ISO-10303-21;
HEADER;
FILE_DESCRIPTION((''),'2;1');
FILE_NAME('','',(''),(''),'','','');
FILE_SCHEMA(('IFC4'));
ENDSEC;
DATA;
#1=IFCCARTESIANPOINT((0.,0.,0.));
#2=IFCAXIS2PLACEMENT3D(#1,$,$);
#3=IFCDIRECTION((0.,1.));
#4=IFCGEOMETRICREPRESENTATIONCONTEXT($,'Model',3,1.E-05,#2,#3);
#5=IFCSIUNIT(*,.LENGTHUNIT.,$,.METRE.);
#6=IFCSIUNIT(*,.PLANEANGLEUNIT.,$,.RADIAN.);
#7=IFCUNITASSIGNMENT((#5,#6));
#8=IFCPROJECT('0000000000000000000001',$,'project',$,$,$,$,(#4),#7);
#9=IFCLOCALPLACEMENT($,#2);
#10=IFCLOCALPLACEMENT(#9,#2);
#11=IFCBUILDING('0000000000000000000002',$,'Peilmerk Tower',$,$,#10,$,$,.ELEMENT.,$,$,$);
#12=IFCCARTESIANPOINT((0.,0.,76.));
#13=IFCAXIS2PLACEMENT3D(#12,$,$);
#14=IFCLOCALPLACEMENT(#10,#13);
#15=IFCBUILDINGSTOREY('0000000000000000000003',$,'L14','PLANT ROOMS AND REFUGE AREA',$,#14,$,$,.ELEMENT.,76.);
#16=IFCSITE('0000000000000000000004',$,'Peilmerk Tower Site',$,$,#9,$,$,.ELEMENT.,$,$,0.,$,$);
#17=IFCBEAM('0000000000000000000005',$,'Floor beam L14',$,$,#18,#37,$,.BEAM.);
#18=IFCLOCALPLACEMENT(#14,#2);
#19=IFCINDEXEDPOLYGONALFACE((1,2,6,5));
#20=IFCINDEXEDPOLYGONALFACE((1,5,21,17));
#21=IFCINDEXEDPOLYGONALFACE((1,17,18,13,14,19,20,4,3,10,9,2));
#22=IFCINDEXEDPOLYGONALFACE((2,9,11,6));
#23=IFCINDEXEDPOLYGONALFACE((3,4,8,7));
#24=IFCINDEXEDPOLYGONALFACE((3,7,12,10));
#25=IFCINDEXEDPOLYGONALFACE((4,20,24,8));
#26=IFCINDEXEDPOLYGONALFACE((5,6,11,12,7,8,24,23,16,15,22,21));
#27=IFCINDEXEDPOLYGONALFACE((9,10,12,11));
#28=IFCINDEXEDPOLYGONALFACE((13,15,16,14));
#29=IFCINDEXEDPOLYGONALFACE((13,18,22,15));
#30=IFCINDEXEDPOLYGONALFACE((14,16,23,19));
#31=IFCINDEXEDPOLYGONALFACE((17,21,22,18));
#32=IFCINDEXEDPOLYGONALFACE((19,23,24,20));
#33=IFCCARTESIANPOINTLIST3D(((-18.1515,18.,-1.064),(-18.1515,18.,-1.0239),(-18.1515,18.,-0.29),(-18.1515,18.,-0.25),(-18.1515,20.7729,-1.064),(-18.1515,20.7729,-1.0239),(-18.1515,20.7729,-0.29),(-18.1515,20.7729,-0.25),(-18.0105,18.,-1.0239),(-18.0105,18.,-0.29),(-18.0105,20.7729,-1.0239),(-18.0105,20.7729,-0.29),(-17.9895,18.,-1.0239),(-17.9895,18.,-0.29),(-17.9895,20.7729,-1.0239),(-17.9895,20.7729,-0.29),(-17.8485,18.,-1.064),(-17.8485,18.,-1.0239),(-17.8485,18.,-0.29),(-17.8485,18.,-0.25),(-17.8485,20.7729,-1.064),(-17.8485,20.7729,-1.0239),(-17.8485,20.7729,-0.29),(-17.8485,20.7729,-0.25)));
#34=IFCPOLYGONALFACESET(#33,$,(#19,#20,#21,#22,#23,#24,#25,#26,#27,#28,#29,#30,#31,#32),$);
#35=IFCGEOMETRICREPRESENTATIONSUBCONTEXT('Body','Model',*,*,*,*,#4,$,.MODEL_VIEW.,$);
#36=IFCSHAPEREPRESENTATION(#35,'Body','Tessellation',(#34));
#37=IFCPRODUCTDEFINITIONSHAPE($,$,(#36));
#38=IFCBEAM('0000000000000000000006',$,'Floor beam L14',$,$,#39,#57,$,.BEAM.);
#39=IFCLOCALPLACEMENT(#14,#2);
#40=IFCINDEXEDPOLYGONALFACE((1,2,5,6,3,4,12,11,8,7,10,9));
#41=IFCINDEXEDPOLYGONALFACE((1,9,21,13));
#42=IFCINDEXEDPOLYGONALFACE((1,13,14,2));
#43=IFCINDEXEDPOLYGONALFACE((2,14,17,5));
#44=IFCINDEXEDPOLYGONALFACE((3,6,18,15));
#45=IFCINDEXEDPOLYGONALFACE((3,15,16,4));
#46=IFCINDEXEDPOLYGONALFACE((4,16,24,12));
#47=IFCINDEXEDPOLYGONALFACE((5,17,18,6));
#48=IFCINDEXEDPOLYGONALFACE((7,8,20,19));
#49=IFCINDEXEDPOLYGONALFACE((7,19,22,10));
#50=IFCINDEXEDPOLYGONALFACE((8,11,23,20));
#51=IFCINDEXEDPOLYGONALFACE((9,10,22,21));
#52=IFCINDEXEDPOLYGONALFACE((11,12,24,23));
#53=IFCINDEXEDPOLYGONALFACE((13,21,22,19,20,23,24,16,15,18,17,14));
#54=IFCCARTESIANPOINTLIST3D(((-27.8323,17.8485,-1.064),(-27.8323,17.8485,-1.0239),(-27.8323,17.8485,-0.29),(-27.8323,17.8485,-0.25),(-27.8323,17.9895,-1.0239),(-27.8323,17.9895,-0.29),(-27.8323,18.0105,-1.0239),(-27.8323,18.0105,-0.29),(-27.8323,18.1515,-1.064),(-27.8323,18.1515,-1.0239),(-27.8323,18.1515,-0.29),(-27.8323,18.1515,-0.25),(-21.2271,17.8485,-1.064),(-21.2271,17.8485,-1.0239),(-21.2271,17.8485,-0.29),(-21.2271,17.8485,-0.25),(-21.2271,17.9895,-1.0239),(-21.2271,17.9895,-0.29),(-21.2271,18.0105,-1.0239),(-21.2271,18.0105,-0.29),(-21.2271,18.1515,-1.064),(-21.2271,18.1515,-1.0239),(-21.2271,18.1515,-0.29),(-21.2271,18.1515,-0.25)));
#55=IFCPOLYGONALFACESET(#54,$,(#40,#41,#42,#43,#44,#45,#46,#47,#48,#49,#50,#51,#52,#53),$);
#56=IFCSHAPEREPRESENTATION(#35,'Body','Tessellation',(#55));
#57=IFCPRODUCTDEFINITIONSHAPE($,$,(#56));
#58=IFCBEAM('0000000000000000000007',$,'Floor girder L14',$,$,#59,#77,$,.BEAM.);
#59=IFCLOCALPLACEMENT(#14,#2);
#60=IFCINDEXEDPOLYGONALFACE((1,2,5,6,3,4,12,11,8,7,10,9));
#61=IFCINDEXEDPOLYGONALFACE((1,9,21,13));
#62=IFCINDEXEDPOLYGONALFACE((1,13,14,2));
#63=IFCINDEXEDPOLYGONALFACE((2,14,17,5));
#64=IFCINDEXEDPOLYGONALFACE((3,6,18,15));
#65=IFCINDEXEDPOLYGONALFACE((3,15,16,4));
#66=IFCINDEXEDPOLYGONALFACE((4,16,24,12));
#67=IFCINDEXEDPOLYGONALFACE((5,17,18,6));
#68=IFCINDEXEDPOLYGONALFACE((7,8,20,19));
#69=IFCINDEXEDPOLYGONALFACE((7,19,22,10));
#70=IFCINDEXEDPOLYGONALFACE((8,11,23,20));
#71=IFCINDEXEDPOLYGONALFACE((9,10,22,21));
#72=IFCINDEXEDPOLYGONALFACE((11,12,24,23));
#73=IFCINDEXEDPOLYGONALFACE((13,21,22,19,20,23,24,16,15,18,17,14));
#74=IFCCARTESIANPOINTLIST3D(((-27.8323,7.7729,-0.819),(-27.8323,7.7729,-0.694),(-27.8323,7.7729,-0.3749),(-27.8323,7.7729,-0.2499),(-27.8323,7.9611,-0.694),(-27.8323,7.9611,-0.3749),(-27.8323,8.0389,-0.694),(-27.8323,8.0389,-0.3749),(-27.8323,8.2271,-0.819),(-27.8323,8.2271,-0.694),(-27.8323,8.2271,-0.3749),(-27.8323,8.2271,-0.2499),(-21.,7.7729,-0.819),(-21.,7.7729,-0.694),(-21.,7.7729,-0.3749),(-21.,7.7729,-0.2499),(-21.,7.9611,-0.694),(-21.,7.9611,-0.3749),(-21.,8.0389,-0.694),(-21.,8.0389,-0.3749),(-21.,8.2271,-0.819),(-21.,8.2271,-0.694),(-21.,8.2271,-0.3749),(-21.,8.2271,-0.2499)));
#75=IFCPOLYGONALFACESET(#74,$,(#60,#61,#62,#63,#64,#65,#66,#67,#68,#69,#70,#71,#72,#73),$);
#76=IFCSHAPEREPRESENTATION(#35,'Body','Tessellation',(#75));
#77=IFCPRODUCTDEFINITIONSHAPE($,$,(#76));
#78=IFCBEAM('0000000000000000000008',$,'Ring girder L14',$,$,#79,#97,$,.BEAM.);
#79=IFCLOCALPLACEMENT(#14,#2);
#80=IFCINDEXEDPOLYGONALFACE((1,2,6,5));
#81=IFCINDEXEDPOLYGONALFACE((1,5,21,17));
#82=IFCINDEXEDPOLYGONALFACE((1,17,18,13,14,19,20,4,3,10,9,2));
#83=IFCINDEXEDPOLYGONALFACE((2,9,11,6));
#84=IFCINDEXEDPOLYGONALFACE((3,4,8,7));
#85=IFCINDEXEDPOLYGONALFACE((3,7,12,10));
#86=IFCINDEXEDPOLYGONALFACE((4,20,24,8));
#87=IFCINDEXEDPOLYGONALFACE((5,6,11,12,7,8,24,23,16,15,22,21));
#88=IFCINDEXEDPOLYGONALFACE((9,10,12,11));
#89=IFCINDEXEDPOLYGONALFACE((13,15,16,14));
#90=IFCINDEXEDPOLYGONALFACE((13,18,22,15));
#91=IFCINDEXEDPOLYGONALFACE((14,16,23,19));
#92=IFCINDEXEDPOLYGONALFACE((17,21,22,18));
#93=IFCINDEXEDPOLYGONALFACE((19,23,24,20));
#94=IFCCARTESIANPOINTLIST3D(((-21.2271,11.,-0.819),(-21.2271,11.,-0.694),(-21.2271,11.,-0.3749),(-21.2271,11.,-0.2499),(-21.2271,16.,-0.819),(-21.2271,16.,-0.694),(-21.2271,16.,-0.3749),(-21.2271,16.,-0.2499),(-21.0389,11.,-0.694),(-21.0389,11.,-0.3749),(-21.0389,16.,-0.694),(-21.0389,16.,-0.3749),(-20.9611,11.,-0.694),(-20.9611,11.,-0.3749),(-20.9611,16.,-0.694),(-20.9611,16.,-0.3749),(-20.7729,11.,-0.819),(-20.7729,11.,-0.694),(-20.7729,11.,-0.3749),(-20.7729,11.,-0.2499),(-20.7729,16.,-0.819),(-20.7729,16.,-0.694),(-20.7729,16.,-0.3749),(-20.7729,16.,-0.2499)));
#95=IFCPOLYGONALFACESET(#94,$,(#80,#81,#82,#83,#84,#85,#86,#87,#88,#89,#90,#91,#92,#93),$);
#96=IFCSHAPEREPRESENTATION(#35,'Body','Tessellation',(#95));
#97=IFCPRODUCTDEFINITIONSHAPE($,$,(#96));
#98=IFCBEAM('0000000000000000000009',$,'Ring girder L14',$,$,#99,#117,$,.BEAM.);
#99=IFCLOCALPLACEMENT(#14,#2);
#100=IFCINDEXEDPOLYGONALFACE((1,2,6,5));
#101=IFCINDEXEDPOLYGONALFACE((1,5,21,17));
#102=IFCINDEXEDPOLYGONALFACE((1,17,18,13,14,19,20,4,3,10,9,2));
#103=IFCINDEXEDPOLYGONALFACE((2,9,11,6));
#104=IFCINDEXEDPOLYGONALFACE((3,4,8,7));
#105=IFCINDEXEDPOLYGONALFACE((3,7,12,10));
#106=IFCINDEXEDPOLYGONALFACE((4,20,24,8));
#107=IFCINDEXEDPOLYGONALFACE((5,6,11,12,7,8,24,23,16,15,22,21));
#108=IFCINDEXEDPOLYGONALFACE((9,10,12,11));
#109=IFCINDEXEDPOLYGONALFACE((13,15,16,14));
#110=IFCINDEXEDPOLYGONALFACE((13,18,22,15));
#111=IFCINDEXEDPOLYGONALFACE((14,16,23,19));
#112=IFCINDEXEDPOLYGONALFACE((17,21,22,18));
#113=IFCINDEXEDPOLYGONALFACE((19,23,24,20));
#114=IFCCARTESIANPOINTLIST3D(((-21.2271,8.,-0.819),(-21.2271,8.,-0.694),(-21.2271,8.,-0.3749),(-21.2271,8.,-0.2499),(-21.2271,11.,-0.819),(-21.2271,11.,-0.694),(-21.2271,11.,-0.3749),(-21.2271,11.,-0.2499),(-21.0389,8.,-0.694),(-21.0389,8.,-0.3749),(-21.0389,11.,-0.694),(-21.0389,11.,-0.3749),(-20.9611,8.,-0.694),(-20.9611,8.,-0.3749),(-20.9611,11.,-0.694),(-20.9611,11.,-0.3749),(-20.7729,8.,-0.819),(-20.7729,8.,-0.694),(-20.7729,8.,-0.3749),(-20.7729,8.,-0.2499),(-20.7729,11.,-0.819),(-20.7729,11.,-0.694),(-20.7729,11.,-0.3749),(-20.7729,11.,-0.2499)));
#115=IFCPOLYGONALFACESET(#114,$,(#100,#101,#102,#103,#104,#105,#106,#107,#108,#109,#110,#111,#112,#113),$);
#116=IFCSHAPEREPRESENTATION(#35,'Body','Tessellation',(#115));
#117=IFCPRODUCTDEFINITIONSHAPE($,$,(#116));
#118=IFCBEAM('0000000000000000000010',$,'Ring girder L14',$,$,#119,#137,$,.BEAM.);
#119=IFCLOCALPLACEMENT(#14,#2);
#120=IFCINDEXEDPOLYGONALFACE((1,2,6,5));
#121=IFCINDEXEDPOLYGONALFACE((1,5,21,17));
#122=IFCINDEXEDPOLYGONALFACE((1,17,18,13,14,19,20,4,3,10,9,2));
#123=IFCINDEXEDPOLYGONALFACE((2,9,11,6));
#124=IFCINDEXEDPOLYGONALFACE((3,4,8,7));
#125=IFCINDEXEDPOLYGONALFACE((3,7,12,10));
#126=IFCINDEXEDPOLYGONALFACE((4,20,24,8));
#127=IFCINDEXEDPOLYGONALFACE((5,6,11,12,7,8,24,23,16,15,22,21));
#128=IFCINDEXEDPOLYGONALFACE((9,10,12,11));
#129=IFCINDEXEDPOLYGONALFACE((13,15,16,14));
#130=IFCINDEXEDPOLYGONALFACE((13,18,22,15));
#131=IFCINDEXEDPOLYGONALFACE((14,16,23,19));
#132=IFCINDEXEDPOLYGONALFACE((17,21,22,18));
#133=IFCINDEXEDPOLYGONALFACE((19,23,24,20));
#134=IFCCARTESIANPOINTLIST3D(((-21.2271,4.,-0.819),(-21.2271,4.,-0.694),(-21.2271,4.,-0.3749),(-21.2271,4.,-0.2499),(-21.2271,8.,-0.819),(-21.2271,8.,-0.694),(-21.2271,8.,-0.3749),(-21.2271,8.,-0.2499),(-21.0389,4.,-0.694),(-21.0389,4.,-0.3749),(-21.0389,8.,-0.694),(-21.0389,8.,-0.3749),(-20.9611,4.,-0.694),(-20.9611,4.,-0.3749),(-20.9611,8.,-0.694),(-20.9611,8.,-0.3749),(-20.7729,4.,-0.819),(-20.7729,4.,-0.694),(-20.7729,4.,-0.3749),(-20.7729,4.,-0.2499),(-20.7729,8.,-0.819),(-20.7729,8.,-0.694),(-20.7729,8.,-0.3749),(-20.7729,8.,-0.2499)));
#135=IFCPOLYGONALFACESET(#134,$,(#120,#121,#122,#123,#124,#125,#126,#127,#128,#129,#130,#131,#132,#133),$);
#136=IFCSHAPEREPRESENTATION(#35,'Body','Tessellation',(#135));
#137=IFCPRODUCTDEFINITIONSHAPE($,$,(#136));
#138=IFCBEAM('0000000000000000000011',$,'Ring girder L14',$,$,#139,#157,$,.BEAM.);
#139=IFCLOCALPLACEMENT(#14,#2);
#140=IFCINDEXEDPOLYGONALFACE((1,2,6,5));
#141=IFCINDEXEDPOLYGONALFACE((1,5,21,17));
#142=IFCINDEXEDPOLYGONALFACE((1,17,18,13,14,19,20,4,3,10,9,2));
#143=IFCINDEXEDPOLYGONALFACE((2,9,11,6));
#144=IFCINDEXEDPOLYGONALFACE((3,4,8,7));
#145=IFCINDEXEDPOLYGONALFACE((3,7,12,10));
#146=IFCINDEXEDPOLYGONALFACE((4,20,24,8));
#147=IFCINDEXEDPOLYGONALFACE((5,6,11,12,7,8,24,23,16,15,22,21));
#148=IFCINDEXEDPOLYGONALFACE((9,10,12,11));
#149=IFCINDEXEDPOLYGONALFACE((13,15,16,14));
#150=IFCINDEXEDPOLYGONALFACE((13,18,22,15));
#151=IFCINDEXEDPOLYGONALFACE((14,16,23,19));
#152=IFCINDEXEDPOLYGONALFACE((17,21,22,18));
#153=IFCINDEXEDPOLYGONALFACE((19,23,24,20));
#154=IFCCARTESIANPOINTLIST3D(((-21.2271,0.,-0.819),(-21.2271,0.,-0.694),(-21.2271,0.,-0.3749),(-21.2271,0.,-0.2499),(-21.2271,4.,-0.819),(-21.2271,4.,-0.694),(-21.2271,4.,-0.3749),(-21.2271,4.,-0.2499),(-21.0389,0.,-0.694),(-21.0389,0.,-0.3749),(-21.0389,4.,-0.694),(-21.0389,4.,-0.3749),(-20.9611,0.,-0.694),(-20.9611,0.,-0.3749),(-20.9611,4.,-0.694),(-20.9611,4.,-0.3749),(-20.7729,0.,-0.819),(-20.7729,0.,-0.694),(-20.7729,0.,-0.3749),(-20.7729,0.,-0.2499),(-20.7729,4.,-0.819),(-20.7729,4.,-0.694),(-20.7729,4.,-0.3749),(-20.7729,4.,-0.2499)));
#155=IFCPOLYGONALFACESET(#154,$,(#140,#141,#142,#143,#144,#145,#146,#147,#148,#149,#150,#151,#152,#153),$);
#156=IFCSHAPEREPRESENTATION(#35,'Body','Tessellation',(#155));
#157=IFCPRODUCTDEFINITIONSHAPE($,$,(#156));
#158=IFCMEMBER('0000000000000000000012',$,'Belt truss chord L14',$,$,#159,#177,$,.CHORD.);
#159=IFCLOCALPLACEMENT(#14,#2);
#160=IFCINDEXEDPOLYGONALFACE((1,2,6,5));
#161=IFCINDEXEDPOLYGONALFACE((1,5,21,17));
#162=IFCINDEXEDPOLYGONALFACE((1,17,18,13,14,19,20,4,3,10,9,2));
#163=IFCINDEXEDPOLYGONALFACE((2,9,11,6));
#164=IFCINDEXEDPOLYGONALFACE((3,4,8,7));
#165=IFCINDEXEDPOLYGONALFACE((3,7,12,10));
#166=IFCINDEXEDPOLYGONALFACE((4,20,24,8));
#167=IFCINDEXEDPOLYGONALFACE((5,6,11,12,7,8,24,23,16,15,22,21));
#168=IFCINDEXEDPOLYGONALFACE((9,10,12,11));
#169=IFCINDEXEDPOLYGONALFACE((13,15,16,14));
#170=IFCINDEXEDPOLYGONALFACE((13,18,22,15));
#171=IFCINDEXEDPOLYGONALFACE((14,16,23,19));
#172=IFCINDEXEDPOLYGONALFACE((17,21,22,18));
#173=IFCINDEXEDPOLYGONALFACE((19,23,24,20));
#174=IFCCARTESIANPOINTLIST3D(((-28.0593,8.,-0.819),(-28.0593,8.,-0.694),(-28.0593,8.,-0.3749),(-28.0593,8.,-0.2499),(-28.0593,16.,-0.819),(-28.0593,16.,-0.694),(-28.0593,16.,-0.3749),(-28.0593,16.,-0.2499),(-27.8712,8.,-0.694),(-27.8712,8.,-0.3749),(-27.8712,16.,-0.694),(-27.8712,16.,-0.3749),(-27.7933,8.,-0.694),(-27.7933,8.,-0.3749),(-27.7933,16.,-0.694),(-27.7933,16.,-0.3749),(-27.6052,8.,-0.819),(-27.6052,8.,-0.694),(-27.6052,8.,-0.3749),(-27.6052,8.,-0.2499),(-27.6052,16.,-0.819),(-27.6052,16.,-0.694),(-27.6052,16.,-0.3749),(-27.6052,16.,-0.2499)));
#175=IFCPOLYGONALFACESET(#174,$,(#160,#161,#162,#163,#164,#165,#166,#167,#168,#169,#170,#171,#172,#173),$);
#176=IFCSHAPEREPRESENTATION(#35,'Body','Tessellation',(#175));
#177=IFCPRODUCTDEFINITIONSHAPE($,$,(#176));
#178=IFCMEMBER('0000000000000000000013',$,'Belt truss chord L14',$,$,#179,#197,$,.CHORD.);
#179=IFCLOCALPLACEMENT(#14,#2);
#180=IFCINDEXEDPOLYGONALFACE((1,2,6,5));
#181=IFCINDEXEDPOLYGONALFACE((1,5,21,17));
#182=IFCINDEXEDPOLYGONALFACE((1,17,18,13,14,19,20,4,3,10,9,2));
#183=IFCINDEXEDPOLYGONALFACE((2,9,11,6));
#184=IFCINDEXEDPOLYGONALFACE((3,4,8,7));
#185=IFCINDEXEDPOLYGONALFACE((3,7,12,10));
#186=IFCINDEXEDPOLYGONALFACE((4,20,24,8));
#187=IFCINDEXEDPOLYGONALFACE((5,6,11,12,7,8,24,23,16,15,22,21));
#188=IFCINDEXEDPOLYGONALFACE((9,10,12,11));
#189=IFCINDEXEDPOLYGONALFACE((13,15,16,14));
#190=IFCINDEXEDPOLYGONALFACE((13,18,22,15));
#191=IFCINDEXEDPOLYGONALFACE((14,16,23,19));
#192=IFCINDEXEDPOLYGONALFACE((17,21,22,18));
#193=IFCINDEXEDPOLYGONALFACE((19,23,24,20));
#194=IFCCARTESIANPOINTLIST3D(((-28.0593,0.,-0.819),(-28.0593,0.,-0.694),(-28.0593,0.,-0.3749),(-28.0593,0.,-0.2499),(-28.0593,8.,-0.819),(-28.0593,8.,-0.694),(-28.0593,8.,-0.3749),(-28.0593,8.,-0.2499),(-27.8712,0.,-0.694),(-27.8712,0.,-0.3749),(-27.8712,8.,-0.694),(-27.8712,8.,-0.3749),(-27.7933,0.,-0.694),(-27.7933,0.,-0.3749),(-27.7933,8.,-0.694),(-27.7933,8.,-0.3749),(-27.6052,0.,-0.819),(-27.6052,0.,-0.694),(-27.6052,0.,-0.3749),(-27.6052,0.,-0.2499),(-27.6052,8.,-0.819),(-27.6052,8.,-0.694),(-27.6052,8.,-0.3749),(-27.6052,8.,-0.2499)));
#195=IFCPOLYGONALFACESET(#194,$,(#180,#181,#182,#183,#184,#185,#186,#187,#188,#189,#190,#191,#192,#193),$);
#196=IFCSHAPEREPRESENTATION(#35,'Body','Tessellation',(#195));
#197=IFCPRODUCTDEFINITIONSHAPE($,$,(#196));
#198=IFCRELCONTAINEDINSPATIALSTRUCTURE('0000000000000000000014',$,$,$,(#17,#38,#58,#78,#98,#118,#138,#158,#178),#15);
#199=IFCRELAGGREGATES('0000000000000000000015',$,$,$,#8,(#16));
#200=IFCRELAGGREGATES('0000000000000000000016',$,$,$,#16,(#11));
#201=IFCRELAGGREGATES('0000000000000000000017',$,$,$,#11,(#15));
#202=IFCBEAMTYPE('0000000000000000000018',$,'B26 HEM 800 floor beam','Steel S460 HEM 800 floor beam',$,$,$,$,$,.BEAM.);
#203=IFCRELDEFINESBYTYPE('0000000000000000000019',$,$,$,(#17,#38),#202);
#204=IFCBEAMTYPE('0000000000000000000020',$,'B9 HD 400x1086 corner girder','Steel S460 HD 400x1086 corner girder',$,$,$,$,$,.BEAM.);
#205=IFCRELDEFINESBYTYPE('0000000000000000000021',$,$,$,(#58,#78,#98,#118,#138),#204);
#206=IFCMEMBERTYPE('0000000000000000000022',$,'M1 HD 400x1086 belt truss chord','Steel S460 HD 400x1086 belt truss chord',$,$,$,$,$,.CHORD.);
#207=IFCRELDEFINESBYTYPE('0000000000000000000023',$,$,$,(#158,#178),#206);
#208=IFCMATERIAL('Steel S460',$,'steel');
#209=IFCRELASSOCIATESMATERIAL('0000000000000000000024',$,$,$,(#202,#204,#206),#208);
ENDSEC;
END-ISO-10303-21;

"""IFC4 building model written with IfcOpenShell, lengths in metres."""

from ifc_helpers import new_model, si_unit, direction, frame, origin, origin_2d, place, context, subcontext, project, spatial, i_section, extrude, material, material_profile, profile_set, type_object, element, save


model = new_model("IFC4")

# Units and contexts
model_context = context("Model", 3, precision=1e-05, world=origin(), true_north=direction((0.0, 1.0)))
body_context = subcontext(model_context, "Body", "Model", "MODEL_VIEW")
ifc_project = project(units=[si_unit("LENGTHUNIT", "METRE"), si_unit("PLANEANGLEUNIT", "RADIAN")], contexts=[model_context])

# Site, building, storey
site_placement = place(None, origin())
site = spatial("IfcSite", under=ifc_project, at=site_placement, Name="Peilmerk Tower Site", CompositionType="ELEMENT", RefElevation=0.0)
building_placement = place(site_placement, origin())
building = spatial("IfcBuilding", under=site, at=building_placement, Name="Peilmerk Tower", CompositionType="ELEMENT")
storey_placement = place(building_placement, frame((0.0, 0.0, 76.0)))
storey = spatial("IfcBuildingStorey", under=building, at=storey_placement, Name="L14", Description="PLANT ROOMS AND REFUGE AREA", CompositionType="ELEMENT", Elevation=76.0)

# Shared definitions
ifc_material_1 = material(Name="Steel S460", Category="steel")

# Beams
ifc_material_profile_1 = material_profile(ifc_material_1, i_section(OverallWidth=0.303, OverallDepth=0.814, WebThickness=0.021, FlangeThickness=0.04, at=origin_2d()), Name="HEM 800")
ifc_profile_set_1 = profile_set([ifc_material_profile_1], Name="Steel S460")
beam_type_1 = type_object("IfcBeamType", Name="B26 HEM 800 floor beam", Description="Steel S460 HEM 800 floor beam", PredefinedType="BEAM", material=ifc_profile_set_1)
beam_1_placement = place(storey_placement, frame((-18.0, 18.0, -0.657), z_axis=(0.0, 1.0, 0.0), x_axis=(-1.0, 0.0, 0.0)))
element("IfcBeam", 1, at=beam_1_placement, inside=storey, type_object=beam_type_1, Name="Floor beam L14", PredefinedType="BEAM", context=body_context, shape_type="SweptSolid", body=[
    extrude(i_section(OverallWidth=0.303, OverallDepth=0.814, WebThickness=0.021, FlangeThickness=0.04, at=origin_2d()), origin(), (0.0, 0.0, 1.0), 2.7729),
])
beam_2_placement = place(storey_placement, frame((-21.2271, 18.0, -0.657), z_axis=(-1.0, 0.0, 0.0), x_axis=(0.0, -1.0, 0.0)))
element("IfcBeam", 2, at=beam_2_placement, inside=storey, type_object=beam_type_1, Name="Floor beam L14", PredefinedType="BEAM", context=body_context, shape_type="SweptSolid", body=[
    extrude(i_section(OverallWidth=0.303, OverallDepth=0.814, WebThickness=0.021, FlangeThickness=0.04, at=origin_2d()), origin(), (0.0, 0.0, 1.0), 6.6052),
])
ifc_material_profile_2 = material_profile(ifc_material_1, i_section(OverallWidth=0.4541, OverallDepth=0.5691, WebThickness=0.0779, FlangeThickness=0.125, at=origin_2d()), Name="HD 400x1086")
ifc_profile_set_2 = profile_set([ifc_material_profile_2], Name="Steel S460")
beam_type_2 = type_object("IfcBeamType", Name="B9 HD 400x1086 corner girder", Description="Steel S460 HD 400x1086 corner girder", PredefinedType="BEAM", material=ifc_profile_set_2)
beam_3_placement = place(storey_placement, frame((-21.0, 8.0, -0.5344), z_axis=(-1.0, 0.0, 0.0), x_axis=(0.0, -1.0, 0.0)))
element("IfcBeam", 3, at=beam_3_placement, inside=storey, type_object=beam_type_2, Name="Floor girder L14", PredefinedType="BEAM", context=body_context, shape_type="SweptSolid", body=[
    extrude(i_section(OverallWidth=0.4541, OverallDepth=0.5691, WebThickness=0.0779, FlangeThickness=0.125, at=origin_2d()), origin(), (0.0, 0.0, 1.0), 6.8323),
])
beam_4_placement = place(storey_placement, frame((-21.0, 16.0, -0.5344), z_axis=(0.0, -1.0, 0.0), x_axis=(1.0, 0.0, 0.0)))
element("IfcBeam", 4, at=beam_4_placement, inside=storey, type_object=beam_type_2, Name="Ring girder L14", PredefinedType="BEAM", context=body_context, shape_type="SweptSolid", body=[
    extrude(i_section(OverallWidth=0.4541, OverallDepth=0.5691, WebThickness=0.0779, FlangeThickness=0.125, at=origin_2d()), origin(), (0.0, 0.0, 1.0), 5.0),
])
beam_5_placement = place(storey_placement, frame((-21.0, 11.0, -0.5344), z_axis=(0.0, -1.0, 0.0), x_axis=(1.0, 0.0, 0.0)))
element("IfcBeam", 5, at=beam_5_placement, inside=storey, type_object=beam_type_2, Name="Ring girder L14", PredefinedType="BEAM", context=body_context, shape_type="SweptSolid", body=[
    extrude(i_section(OverallWidth=0.4541, OverallDepth=0.5691, WebThickness=0.0779, FlangeThickness=0.125, at=origin_2d()), origin(), (0.0, 0.0, 1.0), 3.0),
])
for number, where, z_axis, x_axis, name in (
    (6, (-21.0, 8.0, -0.5344), (0.0, -1.0, 0.0), (1.0, 0.0, 0.0), "Ring girder L14"),
    (7, (-21.0, 4.0, -0.5344), (0.0, -1.0, 0.0), (1.0, 0.0, 0.0), "Ring girder L14"),
):
    element("IfcBeam", number, at=place(storey_placement, frame(where, z_axis=z_axis, x_axis=x_axis)), inside=storey, type_object=beam_type_2, Name=name, PredefinedType="BEAM", context=body_context, shape_type="SweptSolid", body=[
        extrude(i_section(OverallWidth=0.4541, OverallDepth=0.5691, WebThickness=0.0779, FlangeThickness=0.125, at=origin_2d()), origin(), (0.0, 0.0, 1.0), 4.0),
    ])

# Members
ifc_material_profile_3 = material_profile(ifc_material_1, i_section(OverallWidth=0.4541, OverallDepth=0.5691, WebThickness=0.0779, FlangeThickness=0.125, at=origin_2d()), Name="HD 400x1086")
ifc_profile_set_3 = profile_set([ifc_material_profile_3], Name="Steel S460")
member_type_1 = type_object("IfcMemberType", Name="M1 HD 400x1086 belt truss chord", Description="Steel S460 HD 400x1086 belt truss chord", PredefinedType="CHORD", material=ifc_profile_set_3)
for number, where, z_axis, x_axis, name in (
    (8, (-27.8323, 16.0, -0.5344), (0.0, -1.0, 0.0), (1.0, 0.0, 0.0), "Belt truss chord L14"),
    (9, (-27.8323, 8.0, -0.5344), (0.0, -1.0, 0.0), (1.0, 0.0, 0.0), "Belt truss chord L14"),
):
    element("IfcMember", number, at=place(storey_placement, frame(where, z_axis=z_axis, x_axis=x_axis)), inside=storey, type_object=member_type_1, Name=name, PredefinedType="CHORD", context=body_context, shape_type="SweptSolid", body=[
        extrude(i_section(OverallWidth=0.4541, OverallDepth=0.5691, WebThickness=0.0779, FlangeThickness=0.125, at=origin_2d()), origin(), (0.0, 0.0, 1.0), 8.0),
    ])

save(model, "model.ifc")
